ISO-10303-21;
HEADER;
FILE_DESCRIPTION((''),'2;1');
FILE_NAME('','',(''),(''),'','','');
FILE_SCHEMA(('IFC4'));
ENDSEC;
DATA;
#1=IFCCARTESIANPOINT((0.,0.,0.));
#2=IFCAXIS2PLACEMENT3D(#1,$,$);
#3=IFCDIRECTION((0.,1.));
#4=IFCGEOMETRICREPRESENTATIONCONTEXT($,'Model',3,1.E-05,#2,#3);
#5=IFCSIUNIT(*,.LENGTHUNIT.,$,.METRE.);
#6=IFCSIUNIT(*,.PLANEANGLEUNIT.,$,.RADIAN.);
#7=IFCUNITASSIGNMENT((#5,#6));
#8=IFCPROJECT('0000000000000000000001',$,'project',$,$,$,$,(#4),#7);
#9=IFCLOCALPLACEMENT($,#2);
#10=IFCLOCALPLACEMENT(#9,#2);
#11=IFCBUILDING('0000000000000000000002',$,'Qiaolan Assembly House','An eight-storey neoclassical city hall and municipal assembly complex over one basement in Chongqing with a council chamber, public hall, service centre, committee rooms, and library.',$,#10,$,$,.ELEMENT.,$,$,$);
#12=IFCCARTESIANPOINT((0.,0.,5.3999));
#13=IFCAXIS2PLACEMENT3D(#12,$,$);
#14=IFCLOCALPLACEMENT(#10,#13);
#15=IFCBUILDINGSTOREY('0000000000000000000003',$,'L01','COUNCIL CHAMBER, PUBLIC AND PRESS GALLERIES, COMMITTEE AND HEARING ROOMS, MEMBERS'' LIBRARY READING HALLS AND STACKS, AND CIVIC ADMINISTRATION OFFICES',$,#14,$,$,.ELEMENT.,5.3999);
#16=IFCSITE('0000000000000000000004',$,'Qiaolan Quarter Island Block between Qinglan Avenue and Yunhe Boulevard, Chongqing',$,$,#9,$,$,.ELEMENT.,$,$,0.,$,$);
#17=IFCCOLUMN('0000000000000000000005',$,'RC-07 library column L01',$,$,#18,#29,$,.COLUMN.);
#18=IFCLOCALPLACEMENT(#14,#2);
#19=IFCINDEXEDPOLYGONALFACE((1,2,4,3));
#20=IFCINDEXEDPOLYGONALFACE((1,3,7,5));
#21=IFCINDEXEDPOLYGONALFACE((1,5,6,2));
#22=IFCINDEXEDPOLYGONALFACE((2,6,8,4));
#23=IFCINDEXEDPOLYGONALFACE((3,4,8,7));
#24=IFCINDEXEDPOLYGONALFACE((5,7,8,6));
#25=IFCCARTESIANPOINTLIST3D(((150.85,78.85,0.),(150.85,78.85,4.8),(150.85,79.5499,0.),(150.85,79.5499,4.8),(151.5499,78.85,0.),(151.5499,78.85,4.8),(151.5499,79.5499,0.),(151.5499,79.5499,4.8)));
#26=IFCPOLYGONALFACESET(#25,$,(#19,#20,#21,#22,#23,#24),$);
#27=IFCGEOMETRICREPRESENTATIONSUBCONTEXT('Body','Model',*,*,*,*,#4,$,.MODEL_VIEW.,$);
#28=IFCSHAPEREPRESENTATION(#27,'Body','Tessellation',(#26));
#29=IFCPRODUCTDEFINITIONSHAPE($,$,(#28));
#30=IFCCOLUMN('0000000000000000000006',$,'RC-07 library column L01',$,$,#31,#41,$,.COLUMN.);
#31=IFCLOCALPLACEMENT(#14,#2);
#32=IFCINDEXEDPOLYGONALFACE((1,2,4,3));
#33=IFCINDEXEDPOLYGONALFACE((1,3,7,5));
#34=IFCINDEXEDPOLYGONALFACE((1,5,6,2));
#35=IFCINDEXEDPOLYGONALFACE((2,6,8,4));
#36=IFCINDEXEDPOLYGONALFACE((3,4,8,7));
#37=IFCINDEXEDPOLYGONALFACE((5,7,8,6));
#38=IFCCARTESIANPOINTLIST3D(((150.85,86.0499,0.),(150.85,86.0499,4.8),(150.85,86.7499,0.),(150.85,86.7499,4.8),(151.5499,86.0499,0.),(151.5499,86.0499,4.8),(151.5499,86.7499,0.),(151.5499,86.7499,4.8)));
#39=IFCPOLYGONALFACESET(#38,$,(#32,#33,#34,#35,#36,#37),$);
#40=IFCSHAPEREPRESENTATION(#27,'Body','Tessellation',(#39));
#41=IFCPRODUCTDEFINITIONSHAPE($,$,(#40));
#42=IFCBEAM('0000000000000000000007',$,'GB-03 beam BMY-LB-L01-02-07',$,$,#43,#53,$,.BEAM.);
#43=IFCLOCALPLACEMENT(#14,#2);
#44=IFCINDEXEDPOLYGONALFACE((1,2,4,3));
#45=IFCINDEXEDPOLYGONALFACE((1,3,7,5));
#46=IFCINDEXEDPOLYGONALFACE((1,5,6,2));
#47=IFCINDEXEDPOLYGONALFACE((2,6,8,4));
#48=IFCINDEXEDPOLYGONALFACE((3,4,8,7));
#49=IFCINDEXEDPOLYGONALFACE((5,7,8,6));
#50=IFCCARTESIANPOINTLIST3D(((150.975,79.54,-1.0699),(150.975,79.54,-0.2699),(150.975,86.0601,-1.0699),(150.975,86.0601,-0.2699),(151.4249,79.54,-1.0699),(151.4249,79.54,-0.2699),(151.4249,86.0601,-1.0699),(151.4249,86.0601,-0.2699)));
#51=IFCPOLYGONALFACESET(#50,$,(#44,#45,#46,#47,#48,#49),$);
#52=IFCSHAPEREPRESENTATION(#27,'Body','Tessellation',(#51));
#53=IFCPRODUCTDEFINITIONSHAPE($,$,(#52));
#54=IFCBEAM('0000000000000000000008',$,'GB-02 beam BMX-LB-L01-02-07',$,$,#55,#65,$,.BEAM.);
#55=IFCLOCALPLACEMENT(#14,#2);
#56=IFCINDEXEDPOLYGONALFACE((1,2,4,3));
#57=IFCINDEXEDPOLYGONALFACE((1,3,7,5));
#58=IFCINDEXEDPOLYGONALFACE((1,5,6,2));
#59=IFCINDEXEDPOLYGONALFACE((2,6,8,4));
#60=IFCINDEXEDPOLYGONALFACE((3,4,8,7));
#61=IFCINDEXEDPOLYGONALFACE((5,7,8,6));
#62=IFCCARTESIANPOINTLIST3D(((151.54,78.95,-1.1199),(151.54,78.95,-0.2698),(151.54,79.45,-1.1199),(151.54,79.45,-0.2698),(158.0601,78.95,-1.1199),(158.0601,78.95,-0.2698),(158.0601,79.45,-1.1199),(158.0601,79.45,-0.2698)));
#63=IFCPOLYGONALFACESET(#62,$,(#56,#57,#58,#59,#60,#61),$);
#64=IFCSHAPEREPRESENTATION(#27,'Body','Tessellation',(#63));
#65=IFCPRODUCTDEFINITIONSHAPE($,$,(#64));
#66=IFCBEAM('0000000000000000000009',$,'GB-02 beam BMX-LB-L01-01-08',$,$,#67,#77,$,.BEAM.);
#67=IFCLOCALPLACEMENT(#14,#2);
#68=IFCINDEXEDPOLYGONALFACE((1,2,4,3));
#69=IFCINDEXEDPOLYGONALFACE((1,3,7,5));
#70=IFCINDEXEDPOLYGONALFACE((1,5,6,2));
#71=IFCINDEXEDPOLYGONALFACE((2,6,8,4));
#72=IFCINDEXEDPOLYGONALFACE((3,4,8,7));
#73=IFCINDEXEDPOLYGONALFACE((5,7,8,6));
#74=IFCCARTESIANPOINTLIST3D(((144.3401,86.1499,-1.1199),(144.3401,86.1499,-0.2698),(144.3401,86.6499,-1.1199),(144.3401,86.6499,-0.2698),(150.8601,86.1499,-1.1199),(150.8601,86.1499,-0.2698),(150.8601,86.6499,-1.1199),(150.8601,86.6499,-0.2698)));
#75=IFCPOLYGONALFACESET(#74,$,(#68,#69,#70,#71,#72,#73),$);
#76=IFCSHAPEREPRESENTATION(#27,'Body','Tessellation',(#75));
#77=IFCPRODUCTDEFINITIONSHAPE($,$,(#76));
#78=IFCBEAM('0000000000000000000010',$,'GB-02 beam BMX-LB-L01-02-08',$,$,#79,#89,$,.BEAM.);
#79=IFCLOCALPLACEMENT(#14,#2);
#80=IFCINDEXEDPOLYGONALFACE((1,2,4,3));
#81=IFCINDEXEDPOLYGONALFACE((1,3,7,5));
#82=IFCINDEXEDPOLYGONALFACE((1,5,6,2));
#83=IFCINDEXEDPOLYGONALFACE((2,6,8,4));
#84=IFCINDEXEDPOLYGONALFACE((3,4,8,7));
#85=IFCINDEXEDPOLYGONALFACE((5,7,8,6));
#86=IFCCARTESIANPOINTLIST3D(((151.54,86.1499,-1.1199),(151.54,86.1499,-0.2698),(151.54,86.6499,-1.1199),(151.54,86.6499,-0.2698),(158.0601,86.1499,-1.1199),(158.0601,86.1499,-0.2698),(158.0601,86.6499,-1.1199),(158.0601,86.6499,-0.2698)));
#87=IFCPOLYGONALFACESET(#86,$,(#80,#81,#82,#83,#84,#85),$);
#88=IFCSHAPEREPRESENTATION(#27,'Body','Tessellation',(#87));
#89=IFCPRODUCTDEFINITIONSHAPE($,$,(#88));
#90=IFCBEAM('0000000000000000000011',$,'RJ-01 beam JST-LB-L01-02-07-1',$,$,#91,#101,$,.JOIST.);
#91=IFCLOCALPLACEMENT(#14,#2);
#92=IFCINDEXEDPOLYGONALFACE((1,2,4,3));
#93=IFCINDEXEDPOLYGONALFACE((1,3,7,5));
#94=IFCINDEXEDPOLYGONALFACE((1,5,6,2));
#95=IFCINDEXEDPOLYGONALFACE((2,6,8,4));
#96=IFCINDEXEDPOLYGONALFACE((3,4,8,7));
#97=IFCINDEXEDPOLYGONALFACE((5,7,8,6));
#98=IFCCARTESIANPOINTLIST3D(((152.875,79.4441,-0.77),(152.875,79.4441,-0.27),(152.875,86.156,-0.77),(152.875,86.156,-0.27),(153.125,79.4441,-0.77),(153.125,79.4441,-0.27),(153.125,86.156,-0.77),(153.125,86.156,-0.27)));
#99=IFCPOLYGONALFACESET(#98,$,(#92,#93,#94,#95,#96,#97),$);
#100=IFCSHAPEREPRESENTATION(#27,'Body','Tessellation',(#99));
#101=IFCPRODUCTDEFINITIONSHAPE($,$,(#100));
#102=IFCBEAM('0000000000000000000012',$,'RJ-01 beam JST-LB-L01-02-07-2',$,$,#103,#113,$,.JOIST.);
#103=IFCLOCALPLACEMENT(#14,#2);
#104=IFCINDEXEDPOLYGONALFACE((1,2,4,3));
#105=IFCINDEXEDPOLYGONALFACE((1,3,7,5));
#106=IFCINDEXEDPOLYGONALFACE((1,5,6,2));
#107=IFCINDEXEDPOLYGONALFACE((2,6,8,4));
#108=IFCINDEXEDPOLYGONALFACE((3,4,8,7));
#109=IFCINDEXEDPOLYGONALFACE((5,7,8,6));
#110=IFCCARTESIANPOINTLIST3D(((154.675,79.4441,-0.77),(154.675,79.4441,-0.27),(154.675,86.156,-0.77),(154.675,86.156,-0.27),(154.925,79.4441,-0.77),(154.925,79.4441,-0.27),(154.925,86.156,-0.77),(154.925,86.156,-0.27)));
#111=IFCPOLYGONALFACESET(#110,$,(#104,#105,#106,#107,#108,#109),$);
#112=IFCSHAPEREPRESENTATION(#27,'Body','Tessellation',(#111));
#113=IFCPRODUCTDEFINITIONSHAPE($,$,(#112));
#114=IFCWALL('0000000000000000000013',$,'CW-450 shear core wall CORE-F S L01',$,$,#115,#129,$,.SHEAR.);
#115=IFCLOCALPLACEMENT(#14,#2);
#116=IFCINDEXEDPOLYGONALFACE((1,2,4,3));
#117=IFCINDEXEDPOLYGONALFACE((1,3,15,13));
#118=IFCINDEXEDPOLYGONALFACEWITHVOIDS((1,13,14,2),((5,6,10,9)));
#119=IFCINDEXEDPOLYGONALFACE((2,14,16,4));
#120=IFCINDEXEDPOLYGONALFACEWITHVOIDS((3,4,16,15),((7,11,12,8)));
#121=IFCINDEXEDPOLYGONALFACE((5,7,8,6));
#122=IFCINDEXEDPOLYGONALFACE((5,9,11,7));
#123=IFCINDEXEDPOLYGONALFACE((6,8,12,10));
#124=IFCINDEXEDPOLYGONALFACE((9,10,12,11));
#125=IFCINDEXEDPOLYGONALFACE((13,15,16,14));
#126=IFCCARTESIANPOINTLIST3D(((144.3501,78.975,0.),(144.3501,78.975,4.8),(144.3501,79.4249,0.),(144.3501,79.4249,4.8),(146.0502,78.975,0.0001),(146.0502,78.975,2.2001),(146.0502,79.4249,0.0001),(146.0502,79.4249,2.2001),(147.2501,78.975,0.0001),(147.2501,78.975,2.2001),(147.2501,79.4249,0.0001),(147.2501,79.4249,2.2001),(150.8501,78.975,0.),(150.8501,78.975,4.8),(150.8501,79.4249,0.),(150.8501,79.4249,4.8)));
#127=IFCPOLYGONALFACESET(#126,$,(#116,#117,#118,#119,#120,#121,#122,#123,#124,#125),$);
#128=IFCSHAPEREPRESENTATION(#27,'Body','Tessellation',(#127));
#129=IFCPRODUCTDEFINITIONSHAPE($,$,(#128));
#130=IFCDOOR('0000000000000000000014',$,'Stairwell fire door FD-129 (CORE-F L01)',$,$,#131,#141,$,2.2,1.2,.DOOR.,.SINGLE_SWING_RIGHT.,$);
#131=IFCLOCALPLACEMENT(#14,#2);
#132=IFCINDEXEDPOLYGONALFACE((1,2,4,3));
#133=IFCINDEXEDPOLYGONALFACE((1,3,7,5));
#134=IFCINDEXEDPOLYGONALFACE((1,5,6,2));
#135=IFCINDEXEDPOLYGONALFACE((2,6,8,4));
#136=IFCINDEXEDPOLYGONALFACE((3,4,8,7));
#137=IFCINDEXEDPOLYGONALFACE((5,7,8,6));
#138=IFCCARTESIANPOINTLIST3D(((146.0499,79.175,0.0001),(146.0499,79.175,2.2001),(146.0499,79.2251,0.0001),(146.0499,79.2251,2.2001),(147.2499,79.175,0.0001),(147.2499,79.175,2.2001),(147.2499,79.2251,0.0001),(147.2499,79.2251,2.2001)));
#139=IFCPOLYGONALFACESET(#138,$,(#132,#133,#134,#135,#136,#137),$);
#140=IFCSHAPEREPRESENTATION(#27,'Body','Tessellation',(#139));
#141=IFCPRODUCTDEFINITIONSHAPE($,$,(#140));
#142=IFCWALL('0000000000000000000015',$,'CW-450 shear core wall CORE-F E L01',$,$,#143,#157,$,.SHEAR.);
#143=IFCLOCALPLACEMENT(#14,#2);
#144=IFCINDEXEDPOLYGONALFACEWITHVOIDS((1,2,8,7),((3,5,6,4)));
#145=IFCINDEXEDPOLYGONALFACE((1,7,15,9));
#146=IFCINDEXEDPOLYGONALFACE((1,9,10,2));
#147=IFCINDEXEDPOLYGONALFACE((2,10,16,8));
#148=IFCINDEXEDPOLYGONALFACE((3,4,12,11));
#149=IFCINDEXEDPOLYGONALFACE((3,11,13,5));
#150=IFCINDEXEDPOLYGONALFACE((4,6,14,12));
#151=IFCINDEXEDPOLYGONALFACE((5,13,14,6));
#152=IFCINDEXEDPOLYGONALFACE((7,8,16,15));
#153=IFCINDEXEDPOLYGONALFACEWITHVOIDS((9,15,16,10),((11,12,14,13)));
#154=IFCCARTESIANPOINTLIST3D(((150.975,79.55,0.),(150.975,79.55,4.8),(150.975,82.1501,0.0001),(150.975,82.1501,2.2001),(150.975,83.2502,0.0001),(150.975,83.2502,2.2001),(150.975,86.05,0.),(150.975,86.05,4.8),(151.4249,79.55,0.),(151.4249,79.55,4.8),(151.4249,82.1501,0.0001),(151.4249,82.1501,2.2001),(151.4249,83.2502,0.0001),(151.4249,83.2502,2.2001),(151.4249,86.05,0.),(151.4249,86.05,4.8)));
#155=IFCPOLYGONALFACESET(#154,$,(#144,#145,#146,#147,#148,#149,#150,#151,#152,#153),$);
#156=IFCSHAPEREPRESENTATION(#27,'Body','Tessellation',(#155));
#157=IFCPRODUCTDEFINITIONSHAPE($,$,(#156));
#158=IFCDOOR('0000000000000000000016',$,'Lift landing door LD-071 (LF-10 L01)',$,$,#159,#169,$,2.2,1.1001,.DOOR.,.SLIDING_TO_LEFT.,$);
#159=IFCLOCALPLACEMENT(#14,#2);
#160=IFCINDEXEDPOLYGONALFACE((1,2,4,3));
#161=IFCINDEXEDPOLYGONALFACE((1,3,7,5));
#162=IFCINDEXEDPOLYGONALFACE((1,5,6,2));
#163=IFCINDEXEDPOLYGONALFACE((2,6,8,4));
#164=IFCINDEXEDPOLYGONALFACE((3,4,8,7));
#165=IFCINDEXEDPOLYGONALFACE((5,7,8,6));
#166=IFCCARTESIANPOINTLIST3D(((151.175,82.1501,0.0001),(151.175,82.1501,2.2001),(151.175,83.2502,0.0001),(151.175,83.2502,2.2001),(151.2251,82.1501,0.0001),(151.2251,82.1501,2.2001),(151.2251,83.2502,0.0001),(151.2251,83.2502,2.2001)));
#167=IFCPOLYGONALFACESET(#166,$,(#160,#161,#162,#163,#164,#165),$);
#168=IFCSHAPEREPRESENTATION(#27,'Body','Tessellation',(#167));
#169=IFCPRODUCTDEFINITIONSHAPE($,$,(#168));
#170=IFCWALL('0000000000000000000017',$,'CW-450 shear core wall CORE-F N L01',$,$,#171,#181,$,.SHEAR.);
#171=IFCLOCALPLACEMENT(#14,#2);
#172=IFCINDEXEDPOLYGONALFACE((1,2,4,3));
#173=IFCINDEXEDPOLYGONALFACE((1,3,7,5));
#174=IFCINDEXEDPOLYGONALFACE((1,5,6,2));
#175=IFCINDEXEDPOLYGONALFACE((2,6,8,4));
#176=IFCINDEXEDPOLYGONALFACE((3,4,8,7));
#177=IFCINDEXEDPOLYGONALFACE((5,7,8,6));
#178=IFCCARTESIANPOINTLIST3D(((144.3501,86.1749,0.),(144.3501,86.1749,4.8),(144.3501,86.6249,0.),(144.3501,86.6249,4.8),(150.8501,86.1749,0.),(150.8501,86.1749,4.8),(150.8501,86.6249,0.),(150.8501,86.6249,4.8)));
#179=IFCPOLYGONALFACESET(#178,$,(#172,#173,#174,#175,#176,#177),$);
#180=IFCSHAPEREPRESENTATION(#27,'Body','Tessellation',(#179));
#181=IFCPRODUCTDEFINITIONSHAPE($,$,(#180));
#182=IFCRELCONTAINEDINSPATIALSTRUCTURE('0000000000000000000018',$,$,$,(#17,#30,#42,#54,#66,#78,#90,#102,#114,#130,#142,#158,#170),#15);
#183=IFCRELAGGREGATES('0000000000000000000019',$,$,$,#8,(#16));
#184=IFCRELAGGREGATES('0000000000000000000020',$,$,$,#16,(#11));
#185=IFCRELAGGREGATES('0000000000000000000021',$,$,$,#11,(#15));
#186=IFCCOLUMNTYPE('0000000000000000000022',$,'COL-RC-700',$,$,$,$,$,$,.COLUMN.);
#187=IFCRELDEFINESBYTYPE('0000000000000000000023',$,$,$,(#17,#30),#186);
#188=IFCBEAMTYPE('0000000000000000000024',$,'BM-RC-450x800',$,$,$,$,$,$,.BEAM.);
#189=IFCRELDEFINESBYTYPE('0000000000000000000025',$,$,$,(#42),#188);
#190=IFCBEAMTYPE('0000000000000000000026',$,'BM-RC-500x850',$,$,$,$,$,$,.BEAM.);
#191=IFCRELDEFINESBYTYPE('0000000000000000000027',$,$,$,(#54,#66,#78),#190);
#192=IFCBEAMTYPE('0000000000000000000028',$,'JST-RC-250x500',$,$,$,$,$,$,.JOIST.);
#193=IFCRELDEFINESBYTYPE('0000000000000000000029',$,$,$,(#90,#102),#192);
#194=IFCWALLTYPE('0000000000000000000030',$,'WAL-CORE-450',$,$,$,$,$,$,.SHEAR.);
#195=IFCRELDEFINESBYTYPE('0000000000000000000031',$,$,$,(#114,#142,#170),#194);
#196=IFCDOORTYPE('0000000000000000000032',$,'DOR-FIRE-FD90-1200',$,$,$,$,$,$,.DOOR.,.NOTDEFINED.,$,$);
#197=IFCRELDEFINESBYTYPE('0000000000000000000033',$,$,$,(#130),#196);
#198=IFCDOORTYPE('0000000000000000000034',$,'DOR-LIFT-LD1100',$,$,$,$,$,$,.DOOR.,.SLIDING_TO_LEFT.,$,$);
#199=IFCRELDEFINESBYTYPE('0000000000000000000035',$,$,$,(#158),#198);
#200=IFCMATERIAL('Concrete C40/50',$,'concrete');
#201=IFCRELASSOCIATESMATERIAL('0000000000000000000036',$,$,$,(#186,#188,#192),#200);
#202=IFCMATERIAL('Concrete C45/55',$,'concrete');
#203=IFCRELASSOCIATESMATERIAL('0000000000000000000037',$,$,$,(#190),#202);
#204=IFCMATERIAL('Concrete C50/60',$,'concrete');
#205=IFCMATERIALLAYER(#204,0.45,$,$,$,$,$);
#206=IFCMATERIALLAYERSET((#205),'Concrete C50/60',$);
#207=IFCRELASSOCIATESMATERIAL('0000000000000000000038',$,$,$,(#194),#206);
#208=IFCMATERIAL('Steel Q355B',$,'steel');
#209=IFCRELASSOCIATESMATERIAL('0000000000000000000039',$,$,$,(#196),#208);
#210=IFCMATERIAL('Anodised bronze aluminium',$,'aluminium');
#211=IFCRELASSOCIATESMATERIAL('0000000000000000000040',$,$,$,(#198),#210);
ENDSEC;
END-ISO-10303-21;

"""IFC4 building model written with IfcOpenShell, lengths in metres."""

from ifc_helpers import new_model, si_unit, direction, frame, frame_2d, origin, origin_2d, place, context, subcontext, project, spatial, rectangle, extrude, material, layer, layer_set, material_profile, profile_set, type_object, element, fill, save


model = new_model("IFC4")

# Units and contexts
model_context = context("Model", 3, precision=1e-05, world=origin(), true_north=direction((0.0, 1.0)))
body_context = subcontext(model_context, "Body", "Model", "MODEL_VIEW")
ifc_project = project(units=[si_unit("LENGTHUNIT", "METRE"), si_unit("PLANEANGLEUNIT", "RADIAN")], contexts=[model_context])

# Site, building, storey
site_placement = place(None, origin())
site = spatial("IfcSite", under=ifc_project, at=site_placement, Name="Qiaolan Quarter Island Block between Qinglan Avenue and Yunhe Boulevard, Chongqing", CompositionType="ELEMENT", RefElevation=0.0)
building_placement = place(site_placement, origin())
building = spatial("IfcBuilding", under=site, at=building_placement, Name="Qiaolan Assembly House", Description="An eight-storey neoclassical city hall and municipal assembly complex over one basement in Chongqing with a council chamber, public hall, service centre, committee rooms, and library.", CompositionType="ELEMENT")
storey_placement = place(building_placement, frame((0.0, 0.0, 5.3999)))
storey = spatial("IfcBuildingStorey", under=building, at=storey_placement, Name="L01", Description="COUNCIL CHAMBER, PUBLIC AND PRESS GALLERIES, COMMITTEE AND HEARING ROOMS, MEMBERS' LIBRARY READING HALLS AND STACKS, AND CIVIC ADMINISTRATION OFFICES", CompositionType="ELEMENT", Elevation=5.3999)

# Columns
ifc_material_1 = material(Name="Concrete C40/50", Category="concrete")
ifc_material_profile_1 = material_profile(ifc_material_1, rectangle(XDim=0.7, YDim=0.7, at=origin_2d()), Name="RC 700x700")
ifc_profile_set_1 = profile_set([ifc_material_profile_1], Name="Concrete C40/50")
column_type = type_object("IfcColumnType", Name="COL-RC-700", PredefinedType="COLUMN", material=ifc_profile_set_1)
for number, where, z_axis, x_axis, name in (
    (1, (151.2, 79.2, 0.0), (0.0, 0.0, 1.0), (1.0, 0.0, 0.0), "RC-07 library column L01"),
    (2, (151.2, 86.3999, 0.0), (0.0, 0.0, 1.0), (1.0, 0.0, 0.0), "RC-07 library column L01"),
):
    element("IfcColumn", number, at=place(storey_placement, frame(where, z_axis=z_axis, x_axis=x_axis)), inside=storey, type_object=column_type, Name=name, PredefinedType="COLUMN", context=body_context, shape_type="SweptSolid", body=[
        extrude(rectangle(XDim=0.7, YDim=0.7, at=origin_2d()), origin(), (0.0, 0.0, 1.0), 4.8),
    ])

# Beams
ifc_material_profile_2 = material_profile(ifc_material_1, rectangle(XDim=0.45, YDim=0.8, at=origin_2d()), Name="RCB 450x800")
ifc_profile_set_2 = profile_set([ifc_material_profile_2], Name="Concrete C40/50")
beam_type_1 = type_object("IfcBeamType", Name="BM-RC-450x800", PredefinedType="BEAM", material=ifc_profile_set_2)
beam_placement = place(storey_placement, frame((151.2, 79.54, -0.6699), z_axis=(0.0, 1.0, 0.0), x_axis=(-1.0, 0.0, 0.0)))
element("IfcBeam", 3, at=beam_placement, inside=storey, type_object=beam_type_1, Name="GB-03 beam BMY-LB-L01-02-07", PredefinedType="BEAM", context=body_context, shape_type="SweptSolid", body=[
    extrude(rectangle(XDim=0.45, YDim=0.8, at=origin_2d()), origin(), (0.0, 0.0, 1.0), 6.52),
])
ifc_material_2 = material(Name="Concrete C45/55", Category="concrete")
ifc_material_profile_3 = material_profile(ifc_material_2, rectangle(XDim=0.5, YDim=0.8501, at=origin_2d()), Name="RCB 500x850")
ifc_profile_set_3 = profile_set([ifc_material_profile_3], Name="Concrete C45/55")
beam_type_2 = type_object("IfcBeamType", Name="BM-RC-500x850", PredefinedType="BEAM", material=ifc_profile_set_3)
for number, where, z_axis, x_axis, name in (
    (4, (151.54, 79.2, -0.6948), (1.0, 0.0, 0.0), (0.0, 1.0, 0.0), "GB-02 beam BMX-LB-L01-02-07"),
    (5, (144.3401, 86.3999, -0.6948), (1.0, 0.0, 0.0), (0.0, 1.0, 0.0), "GB-02 beam BMX-LB-L01-01-08"),
    (6, (151.54, 86.3999, -0.6948), (1.0, 0.0, 0.0), (0.0, 1.0, 0.0), "GB-02 beam BMX-LB-L01-02-08"),
):
    element("IfcBeam", number, at=place(storey_placement, frame(where, z_axis=z_axis, x_axis=x_axis)), inside=storey, type_object=beam_type_2, Name=name, PredefinedType="BEAM", context=body_context, shape_type="SweptSolid", body=[
        extrude(rectangle(XDim=0.5, YDim=0.8501, at=origin_2d()), origin(), (0.0, 0.0, 1.0), 6.52),
    ])
ifc_material_profile_4 = material_profile(ifc_material_1, rectangle(XDim=0.25, YDim=0.5, at=origin_2d()), Name="RCB 250x500")
ifc_profile_set_4 = profile_set([ifc_material_profile_4], Name="Concrete C40/50")
beam_type_3 = type_object("IfcBeamType", Name="JST-RC-250x500", PredefinedType="JOIST", material=ifc_profile_set_4)
for number, where, z_axis, x_axis, name in (
    (7, (153.0, 79.4441, -0.52), (0.0, 1.0, 0.0), (-1.0, 0.0, 0.0), "RJ-01 beam JST-LB-L01-02-07-1"),
    (8, (154.8, 79.4441, -0.52), (0.0, 1.0, 0.0), (-1.0, 0.0, 0.0), "RJ-01 beam JST-LB-L01-02-07-2"),
):
    element("IfcBeam", number, at=place(storey_placement, frame(where, z_axis=z_axis, x_axis=x_axis)), inside=storey, type_object=beam_type_3, Name=name, PredefinedType="JOIST", context=body_context, shape_type="SweptSolid", body=[
        extrude(rectangle(XDim=0.25, YDim=0.5, at=origin_2d()), origin(), (0.0, 0.0, 1.0), 6.7119),
    ])

# Walls, openings, doors
ifc_material_3 = material(Name="Concrete C50/60", Category="concrete")
ifc_layer_1 = layer(ifc_material_3, 0.45)
ifc_layer_set_1 = layer_set([ifc_layer_1], Name="Concrete C50/60")
wall_type_1 = type_object("IfcWallType", Name="WAL-CORE-450", PredefinedType="SHEAR", material=ifc_layer_set_1)
wall_1_placement = place(storey_placement, frame((144.3501, 79.2, 0.0), z_axis=(0.0, 0.0, 1.0), x_axis=(1.0, 0.0, 0.0)))
wall_1 = element("IfcWall", 9, at=wall_1_placement, inside=storey, type_object=wall_type_1, Name="CW-450 shear core wall CORE-F S L01", PredefinedType="SHEAR", context=body_context, shape_type="SweptSolid", body=[
    extrude(rectangle(XDim=6.5, YDim=0.45, at=frame_2d((3.25, 0.0))), origin(), (0.0, 0.0, 1.0), 4.8),
])
opening_1_placement = place(wall_1_placement, frame((1.7, 0.0, 0.0)))
opening_1 = element("IfcOpeningElement", 10, at=opening_1_placement, cuts=wall_1, PredefinedType="OPENING", context=body_context, shape_type="SweptSolid", body=[
    extrude(rectangle(XDim=1.2, YDim=2.2, at=frame_2d((0.6001, 1.1001))), frame((0.0, 0.2349, 0.0), z_axis=(0.0, -1.0, 0.0), x_axis=(1.0, 0.0, 0.0)), (0.0, 0.0, 1.0), 0.47),
])
ifc_material_4 = material(Name="Steel Q355B", Category="steel")
door_type_1 = type_object("IfcDoorType", Name="DOR-FIRE-FD90-1200", OperationType="NOTDEFINED", PredefinedType="DOOR", material=ifc_material_4)
door_1_placement = place(opening_1_placement, frame((1.2, 0.0, 0.0), z_axis=(0.0, 0.0, 1.0), x_axis=(-1.0, 0.0, 0.0)))
door_1 = element("IfcDoor", 11, at=door_1_placement, inside=storey, type_object=door_type_1, Name="Stairwell fire door FD-129 (CORE-F L01)", OperationType="SINGLE_SWING_RIGHT", OverallHeight=2.2, OverallWidth=1.2, PredefinedType="DOOR", context=body_context, shape_type="SweptSolid", body=[
    extrude(rectangle(XDim=1.2, YDim=2.2, at=frame_2d((0.6001, 1.1001))), frame((0.0, 0.0249, 0.0), z_axis=(0.0, -1.0, 0.0), x_axis=(1.0, 0.0, 0.0)), (0.0, 0.0, 1.0), 0.05),
])
fill(opening_1, door_1)
wall_2_placement = place(storey_placement, frame((151.2, 79.55, 0.0), z_axis=(0.0, 0.0, 1.0), x_axis=(0.0, 1.0, 0.0)))
wall_2 = element("IfcWall", 12, at=wall_2_placement, inside=storey, type_object=wall_type_1, Name="CW-450 shear core wall CORE-F E L01", PredefinedType="SHEAR", context=body_context, shape_type="SweptSolid", body=[
    extrude(rectangle(XDim=6.5, YDim=0.45, at=frame_2d((3.25, 0.0))), origin(), (0.0, 0.0, 1.0), 4.8),
])
opening_2_placement = place(wall_2_placement, frame((2.6001, 0.0, 0.0)))
opening_2 = element("IfcOpeningElement", 13, at=opening_2_placement, cuts=wall_2, PredefinedType="OPENING", context=body_context, shape_type="SweptSolid", body=[
    extrude(rectangle(XDim=1.1001, YDim=2.2, at=frame_2d((0.55, 1.1001))), frame((0.0, 0.2349, 0.0), z_axis=(0.0, -1.0, 0.0), x_axis=(1.0, 0.0, 0.0)), (0.0, 0.0, 1.0), 0.47),
])
ifc_material_5 = material(Name="Anodised bronze aluminium", Category="aluminium")
door_type_2 = type_object("IfcDoorType", Name="DOR-LIFT-LD1100", OperationType="SLIDING_TO_LEFT", PredefinedType="DOOR", material=ifc_material_5)
door_2_placement = place(opening_2_placement, origin())
door_2 = element("IfcDoor", 14, at=door_2_placement, inside=storey, type_object=door_type_2, Name="Lift landing door LD-071 (LF-10 L01)", OperationType="SLIDING_TO_LEFT", OverallHeight=2.2, OverallWidth=1.1001, PredefinedType="DOOR", context=body_context, shape_type="SweptSolid", body=[
    extrude(rectangle(XDim=1.1001, YDim=2.2, at=frame_2d((0.55, 1.1001))), frame((0.0, 0.0249, 0.0), z_axis=(0.0, -1.0, 0.0), x_axis=(1.0, 0.0, 0.0)), (0.0, 0.0, 1.0), 0.05),
])
fill(opening_2, door_2)

# Wall
wall_3_placement = place(storey_placement, frame((150.8501, 86.3999, 0.0), z_axis=(0.0, 0.0, 1.0), x_axis=(-1.0, 0.0, 0.0)))
element("IfcWall", 15, at=wall_3_placement, inside=storey, type_object=wall_type_1, Name="CW-450 shear core wall CORE-F N L01", PredefinedType="SHEAR", context=body_context, shape_type="SweptSolid", body=[
    extrude(rectangle(XDim=6.5, YDim=0.45, at=frame_2d((3.25, 0.0))), origin(), (0.0, 0.0, 1.0), 4.8),
])

save(model, "model.ifc")
